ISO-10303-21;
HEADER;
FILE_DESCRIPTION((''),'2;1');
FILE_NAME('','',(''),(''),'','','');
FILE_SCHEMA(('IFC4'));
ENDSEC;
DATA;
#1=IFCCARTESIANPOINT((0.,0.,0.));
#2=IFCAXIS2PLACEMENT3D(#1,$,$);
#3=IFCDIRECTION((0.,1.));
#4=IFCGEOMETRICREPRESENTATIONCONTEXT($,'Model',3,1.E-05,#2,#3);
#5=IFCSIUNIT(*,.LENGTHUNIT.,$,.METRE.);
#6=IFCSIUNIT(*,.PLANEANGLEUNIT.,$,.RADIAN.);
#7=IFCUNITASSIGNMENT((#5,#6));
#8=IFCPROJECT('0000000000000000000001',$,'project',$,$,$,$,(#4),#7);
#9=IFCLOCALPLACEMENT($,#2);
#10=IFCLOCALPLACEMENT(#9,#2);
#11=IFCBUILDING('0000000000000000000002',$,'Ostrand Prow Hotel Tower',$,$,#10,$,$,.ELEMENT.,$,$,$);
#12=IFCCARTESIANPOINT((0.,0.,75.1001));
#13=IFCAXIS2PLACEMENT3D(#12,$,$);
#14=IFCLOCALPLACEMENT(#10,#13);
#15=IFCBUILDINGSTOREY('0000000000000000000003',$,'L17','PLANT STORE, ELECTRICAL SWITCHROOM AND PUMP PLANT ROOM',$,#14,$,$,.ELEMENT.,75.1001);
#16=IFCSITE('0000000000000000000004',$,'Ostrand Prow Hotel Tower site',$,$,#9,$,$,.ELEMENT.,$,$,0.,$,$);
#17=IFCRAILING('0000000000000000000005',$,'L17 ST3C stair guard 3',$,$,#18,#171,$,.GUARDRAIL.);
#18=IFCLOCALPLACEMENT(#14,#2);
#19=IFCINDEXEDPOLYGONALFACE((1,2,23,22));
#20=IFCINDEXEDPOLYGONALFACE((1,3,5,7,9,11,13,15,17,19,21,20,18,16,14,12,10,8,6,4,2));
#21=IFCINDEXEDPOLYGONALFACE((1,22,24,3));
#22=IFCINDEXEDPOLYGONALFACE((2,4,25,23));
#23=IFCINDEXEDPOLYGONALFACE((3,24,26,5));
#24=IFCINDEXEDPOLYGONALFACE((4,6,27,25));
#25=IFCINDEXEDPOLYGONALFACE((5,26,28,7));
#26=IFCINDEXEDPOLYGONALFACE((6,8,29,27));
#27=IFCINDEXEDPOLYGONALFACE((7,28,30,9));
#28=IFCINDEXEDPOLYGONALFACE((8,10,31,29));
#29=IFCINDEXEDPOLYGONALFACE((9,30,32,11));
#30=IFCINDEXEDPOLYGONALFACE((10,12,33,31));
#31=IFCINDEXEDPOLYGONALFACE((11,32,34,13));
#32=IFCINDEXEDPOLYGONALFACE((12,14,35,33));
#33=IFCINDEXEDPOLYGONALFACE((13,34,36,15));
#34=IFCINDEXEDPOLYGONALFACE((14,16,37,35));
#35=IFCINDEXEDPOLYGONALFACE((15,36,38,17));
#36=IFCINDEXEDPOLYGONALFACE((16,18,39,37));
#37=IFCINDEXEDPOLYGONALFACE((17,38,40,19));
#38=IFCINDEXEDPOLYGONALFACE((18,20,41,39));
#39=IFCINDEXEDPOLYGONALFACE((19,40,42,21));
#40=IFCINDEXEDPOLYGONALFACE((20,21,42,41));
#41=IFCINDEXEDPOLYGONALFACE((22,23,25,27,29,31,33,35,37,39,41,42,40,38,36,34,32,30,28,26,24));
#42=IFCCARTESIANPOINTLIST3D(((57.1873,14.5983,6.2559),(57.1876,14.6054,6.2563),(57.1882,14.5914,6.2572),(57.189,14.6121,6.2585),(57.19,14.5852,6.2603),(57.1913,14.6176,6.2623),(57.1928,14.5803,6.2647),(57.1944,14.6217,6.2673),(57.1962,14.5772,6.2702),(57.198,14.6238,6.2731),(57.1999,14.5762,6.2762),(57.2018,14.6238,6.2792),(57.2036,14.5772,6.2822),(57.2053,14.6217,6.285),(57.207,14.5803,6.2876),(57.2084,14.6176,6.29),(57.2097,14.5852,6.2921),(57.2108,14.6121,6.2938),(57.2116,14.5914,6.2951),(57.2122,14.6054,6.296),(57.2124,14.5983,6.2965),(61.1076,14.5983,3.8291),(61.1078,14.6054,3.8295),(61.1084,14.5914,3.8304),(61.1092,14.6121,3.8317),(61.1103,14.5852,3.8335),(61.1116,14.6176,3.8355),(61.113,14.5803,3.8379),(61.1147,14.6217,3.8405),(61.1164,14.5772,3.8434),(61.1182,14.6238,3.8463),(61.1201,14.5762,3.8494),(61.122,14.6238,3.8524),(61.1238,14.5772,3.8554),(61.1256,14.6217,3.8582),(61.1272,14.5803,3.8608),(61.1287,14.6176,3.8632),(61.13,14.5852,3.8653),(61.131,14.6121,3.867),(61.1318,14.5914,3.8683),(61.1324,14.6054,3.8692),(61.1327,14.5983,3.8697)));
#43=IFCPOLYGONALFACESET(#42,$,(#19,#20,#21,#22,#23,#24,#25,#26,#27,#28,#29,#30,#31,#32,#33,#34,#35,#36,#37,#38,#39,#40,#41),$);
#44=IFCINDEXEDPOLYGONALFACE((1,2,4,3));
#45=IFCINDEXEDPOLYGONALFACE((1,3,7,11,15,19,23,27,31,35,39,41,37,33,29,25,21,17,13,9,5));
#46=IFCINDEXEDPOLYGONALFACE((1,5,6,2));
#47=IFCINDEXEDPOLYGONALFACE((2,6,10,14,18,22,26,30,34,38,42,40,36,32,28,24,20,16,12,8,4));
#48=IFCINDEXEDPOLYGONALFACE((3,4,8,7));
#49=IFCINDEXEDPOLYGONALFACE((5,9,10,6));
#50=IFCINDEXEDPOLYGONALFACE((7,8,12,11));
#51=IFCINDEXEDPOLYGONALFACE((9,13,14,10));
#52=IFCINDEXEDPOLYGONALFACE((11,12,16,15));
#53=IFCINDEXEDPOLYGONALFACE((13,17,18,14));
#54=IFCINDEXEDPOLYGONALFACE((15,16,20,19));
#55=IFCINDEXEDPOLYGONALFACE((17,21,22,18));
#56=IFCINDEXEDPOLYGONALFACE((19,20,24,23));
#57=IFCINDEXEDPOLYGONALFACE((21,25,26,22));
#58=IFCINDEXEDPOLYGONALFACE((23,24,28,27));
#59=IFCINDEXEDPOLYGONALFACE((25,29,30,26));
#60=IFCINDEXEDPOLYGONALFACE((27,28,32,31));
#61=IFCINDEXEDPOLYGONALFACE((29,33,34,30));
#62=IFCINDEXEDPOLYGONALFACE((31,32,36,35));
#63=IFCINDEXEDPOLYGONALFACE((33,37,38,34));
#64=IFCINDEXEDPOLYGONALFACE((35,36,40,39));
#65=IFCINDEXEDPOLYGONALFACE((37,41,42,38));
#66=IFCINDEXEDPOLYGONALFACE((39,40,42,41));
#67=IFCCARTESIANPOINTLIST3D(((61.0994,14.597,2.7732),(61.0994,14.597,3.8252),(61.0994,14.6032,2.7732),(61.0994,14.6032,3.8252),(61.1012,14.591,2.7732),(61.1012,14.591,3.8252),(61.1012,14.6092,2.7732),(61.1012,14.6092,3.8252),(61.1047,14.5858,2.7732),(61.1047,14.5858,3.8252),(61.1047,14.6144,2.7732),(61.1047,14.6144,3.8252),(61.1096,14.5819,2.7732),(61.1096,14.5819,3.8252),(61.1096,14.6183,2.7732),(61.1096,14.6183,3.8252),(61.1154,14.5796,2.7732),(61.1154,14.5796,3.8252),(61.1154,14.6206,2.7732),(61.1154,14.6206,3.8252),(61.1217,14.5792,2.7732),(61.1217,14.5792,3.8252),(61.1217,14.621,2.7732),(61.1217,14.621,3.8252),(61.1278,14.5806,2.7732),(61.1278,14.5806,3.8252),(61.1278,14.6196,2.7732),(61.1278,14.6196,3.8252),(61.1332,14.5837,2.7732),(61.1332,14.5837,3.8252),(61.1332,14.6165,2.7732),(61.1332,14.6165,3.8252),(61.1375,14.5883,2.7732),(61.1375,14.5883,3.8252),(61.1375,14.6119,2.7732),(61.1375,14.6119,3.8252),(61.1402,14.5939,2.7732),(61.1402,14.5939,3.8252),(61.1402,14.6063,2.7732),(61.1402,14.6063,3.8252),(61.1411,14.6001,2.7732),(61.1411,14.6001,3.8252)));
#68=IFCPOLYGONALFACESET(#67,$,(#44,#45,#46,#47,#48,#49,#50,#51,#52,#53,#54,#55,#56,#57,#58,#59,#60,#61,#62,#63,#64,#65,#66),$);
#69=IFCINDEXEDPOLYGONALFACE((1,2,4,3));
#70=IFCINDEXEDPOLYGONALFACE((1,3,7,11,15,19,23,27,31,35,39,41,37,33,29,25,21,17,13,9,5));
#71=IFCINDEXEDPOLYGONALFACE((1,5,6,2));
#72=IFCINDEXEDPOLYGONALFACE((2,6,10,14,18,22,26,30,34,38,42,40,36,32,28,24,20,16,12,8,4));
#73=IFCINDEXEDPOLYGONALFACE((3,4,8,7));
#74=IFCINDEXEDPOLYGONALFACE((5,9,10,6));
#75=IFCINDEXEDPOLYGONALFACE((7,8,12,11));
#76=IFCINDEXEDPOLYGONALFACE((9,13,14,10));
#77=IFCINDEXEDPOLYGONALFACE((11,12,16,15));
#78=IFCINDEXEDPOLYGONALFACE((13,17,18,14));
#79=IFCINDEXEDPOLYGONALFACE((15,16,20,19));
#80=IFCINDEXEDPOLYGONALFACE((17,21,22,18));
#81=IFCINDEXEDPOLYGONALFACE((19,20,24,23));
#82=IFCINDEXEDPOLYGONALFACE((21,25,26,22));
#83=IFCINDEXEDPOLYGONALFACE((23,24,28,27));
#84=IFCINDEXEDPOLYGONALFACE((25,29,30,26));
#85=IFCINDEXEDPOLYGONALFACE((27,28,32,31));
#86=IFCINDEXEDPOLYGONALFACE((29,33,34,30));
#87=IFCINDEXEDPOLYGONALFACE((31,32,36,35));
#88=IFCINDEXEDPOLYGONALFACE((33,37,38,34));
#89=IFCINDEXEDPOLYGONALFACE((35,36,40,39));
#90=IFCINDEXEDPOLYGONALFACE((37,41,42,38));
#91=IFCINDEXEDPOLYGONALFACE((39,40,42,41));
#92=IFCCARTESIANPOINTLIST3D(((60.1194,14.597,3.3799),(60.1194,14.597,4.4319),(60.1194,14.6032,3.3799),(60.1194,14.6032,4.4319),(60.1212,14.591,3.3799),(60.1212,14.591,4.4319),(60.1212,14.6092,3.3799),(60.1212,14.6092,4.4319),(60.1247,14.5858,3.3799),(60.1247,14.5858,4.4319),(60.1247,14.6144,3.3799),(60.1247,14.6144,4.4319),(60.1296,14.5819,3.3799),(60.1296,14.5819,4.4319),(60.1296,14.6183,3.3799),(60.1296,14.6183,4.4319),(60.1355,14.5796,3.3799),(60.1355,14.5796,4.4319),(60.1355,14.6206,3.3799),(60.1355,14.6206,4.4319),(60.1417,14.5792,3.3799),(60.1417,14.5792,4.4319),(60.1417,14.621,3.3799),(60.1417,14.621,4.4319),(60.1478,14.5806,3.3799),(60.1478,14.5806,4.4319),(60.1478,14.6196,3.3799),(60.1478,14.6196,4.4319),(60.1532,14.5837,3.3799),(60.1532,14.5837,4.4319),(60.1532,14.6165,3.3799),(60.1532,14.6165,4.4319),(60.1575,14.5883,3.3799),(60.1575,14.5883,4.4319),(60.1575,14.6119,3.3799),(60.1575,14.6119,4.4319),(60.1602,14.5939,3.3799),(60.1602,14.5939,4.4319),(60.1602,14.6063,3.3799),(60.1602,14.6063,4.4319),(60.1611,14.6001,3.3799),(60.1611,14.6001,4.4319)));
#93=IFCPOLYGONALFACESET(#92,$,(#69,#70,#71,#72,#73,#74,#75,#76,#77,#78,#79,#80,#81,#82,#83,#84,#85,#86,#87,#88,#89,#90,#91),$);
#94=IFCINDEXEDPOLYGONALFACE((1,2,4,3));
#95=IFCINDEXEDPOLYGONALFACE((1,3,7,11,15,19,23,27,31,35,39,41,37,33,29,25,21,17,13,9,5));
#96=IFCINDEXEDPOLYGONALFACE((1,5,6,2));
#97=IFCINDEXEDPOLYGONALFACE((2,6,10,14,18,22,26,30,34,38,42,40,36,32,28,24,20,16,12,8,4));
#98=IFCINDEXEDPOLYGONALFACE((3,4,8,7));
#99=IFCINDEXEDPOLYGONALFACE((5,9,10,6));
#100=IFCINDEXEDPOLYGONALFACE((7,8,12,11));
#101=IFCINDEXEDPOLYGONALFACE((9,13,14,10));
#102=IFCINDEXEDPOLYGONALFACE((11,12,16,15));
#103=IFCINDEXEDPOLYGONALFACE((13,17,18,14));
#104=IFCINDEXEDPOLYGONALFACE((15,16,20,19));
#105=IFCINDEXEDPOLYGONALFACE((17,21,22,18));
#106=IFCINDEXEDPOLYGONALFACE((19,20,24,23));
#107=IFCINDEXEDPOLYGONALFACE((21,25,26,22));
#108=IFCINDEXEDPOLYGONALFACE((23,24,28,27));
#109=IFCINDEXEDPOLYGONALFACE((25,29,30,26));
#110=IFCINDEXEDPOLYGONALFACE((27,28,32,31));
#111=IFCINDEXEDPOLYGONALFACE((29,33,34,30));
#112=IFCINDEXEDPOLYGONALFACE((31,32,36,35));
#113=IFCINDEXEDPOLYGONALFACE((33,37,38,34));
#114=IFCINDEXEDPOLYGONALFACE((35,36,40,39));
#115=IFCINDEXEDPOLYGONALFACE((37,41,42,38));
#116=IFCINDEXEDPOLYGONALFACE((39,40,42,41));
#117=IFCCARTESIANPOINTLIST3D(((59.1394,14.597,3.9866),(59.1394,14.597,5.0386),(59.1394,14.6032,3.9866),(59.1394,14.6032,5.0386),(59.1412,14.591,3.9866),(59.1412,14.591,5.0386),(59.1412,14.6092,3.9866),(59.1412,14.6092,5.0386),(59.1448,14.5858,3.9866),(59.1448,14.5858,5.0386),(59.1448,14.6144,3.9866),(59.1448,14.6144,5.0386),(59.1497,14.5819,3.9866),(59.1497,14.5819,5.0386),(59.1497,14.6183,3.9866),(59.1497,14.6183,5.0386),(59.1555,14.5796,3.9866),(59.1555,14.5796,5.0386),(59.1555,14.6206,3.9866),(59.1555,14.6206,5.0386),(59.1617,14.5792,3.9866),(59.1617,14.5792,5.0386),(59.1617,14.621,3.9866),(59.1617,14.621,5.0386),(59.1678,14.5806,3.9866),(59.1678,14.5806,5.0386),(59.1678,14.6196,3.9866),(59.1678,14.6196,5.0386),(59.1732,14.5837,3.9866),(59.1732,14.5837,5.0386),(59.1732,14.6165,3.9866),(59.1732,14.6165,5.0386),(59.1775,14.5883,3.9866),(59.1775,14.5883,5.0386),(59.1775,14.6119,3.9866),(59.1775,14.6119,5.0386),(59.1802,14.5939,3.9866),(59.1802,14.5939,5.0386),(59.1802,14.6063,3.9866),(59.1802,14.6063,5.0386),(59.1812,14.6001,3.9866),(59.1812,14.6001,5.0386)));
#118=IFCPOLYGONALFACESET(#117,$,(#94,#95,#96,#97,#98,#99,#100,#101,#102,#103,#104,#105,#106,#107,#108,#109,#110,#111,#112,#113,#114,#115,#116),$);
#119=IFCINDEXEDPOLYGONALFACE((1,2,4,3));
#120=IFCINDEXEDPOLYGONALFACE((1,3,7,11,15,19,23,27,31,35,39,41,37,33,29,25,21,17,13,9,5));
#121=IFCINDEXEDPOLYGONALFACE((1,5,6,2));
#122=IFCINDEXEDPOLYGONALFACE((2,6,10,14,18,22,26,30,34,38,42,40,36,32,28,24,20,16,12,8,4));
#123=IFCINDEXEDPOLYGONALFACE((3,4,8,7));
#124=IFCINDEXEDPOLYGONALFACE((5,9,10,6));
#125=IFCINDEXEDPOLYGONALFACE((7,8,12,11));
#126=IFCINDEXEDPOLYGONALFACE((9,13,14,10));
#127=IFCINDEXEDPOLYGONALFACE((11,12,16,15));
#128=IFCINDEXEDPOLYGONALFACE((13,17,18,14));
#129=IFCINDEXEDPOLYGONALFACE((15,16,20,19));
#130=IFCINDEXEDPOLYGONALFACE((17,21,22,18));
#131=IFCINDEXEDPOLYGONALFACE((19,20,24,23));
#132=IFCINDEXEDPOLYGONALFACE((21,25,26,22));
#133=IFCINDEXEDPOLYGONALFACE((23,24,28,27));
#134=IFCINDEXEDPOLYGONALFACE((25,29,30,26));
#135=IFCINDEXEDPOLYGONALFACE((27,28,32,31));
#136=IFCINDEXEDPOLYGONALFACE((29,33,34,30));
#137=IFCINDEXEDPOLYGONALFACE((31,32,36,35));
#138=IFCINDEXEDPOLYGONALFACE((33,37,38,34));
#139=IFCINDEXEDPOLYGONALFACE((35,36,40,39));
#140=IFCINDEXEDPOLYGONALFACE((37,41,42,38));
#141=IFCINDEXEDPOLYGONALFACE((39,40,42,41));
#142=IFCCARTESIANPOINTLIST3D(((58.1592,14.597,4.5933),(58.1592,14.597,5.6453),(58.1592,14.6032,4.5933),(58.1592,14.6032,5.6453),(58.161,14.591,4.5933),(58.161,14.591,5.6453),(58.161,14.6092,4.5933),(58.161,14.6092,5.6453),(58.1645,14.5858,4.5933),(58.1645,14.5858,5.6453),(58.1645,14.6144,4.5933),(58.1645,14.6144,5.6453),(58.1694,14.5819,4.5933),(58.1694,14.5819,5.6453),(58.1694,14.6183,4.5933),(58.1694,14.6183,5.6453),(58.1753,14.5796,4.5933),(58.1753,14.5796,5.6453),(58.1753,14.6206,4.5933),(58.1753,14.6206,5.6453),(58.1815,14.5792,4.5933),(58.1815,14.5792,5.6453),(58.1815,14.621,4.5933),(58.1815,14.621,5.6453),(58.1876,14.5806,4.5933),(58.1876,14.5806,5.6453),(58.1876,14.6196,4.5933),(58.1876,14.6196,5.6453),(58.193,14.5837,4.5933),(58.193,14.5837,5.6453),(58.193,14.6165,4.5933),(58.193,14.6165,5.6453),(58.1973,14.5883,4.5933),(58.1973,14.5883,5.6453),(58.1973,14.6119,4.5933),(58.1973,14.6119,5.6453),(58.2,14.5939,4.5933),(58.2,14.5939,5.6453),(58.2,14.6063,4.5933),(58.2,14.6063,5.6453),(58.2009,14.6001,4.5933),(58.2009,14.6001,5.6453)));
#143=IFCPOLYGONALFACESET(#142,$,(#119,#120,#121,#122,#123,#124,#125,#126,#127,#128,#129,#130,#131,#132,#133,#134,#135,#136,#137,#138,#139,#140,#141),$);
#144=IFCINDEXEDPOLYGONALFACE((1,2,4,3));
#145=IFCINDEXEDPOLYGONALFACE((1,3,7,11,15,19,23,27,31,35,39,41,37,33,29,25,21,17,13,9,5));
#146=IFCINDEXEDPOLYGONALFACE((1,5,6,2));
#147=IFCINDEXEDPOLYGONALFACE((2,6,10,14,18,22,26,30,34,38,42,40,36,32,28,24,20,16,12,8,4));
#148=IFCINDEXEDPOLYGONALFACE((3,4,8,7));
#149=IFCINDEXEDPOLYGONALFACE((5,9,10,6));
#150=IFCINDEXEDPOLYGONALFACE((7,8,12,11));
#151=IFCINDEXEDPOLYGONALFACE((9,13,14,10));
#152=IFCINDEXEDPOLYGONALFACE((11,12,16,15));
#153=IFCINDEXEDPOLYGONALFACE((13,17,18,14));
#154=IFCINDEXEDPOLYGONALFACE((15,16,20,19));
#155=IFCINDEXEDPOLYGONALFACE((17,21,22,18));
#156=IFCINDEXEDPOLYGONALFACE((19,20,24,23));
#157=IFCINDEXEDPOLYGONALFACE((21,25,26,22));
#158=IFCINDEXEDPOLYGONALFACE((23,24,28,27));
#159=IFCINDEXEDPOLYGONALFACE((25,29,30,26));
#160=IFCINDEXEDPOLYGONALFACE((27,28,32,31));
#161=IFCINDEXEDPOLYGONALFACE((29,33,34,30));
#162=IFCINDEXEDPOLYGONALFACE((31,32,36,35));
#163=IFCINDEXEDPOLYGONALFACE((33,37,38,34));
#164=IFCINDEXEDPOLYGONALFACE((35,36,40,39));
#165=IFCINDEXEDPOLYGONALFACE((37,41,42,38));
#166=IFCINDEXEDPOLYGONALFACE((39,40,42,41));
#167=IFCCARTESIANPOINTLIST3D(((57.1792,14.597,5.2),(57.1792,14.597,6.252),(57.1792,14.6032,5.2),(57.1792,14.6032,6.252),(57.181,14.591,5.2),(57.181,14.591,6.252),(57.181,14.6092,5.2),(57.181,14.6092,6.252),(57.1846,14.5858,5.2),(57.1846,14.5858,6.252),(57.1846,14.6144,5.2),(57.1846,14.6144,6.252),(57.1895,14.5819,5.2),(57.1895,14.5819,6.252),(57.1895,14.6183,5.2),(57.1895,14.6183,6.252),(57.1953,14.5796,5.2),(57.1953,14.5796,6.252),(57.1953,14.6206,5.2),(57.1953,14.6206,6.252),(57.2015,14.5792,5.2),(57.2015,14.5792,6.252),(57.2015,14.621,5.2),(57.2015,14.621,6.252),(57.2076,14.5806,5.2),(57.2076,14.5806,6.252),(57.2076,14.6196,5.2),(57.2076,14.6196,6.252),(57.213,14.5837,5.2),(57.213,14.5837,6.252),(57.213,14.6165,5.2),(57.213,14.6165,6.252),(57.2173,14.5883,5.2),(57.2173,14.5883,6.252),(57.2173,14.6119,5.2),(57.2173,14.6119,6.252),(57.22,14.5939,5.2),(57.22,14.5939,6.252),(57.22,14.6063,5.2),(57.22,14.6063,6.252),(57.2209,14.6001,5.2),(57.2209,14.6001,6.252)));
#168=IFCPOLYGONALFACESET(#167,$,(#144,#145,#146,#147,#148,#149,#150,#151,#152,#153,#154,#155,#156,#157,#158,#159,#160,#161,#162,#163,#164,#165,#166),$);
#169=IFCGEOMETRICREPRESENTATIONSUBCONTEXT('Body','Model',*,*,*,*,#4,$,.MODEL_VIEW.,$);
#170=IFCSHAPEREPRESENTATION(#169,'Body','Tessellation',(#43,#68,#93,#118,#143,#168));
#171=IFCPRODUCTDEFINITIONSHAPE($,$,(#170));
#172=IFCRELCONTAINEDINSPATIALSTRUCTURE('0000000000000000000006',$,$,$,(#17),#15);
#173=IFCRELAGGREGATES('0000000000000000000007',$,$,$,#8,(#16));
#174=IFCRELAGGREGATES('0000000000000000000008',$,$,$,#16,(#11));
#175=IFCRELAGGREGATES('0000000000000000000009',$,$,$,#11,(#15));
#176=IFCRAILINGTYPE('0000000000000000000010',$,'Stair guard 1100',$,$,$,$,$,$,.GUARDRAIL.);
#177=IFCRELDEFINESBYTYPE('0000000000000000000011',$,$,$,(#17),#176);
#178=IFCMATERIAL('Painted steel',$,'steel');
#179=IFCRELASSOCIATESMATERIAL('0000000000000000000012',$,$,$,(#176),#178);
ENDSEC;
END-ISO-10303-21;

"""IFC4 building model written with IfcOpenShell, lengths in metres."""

from ifc_helpers import new_model, si_unit, direction, frame, origin, origin_2d, place, context, subcontext, project, spatial, circle, extrude, material, type_object, element, save


model = new_model("IFC4")

# Units and contexts
model_context = context("Model", 3, precision=1e-05, world=origin(), true_north=direction((0.0, 1.0)))
body_context = subcontext(model_context, "Body", "Model", "MODEL_VIEW")
ifc_project = project(units=[si_unit("LENGTHUNIT", "METRE"), si_unit("PLANEANGLEUNIT", "RADIAN")], contexts=[model_context])

# Site, building, storey
site_placement = place(None, origin())
site = spatial("IfcSite", under=ifc_project, at=site_placement, Name="Ostrand Prow Hotel Tower site", CompositionType="ELEMENT", RefElevation=0.0)
building_placement = place(site_placement, origin())
building = spatial("IfcBuilding", under=site, at=building_placement, Name="Ostrand Prow Hotel Tower", CompositionType="ELEMENT")
storey_placement = place(building_placement, frame((0.0, 0.0, 75.1001)))
storey = spatial("IfcBuildingStorey", under=building, at=storey_placement, Name="L17", Description="PLANT STORE, ELECTRICAL SWITCHROOM AND PUMP PLANT ROOM", CompositionType="ELEMENT", Elevation=75.1001)

# Railing
ifc_material_1 = material(Name="Painted steel", Category="steel")
railing_type_1 = type_object("IfcRailingType", Name="Stair guard 1100", PredefinedType="GUARDRAIL", material=ifc_material_1)
railing_1_placement = place(storey_placement, frame((61.1201, 14.6001, 2.7732)))
element("IfcRailing", 1, at=railing_1_placement, inside=storey, type_object=railing_type_1, Name="L17 ST3C stair guard 3", PredefinedType="GUARDRAIL", context=body_context, shape_type="SweptSolid", body=[
    extrude(circle(Radius=0.0239, at=origin_2d()), frame((0.0, 0.0, 1.0762), z_axis=(-0.850266, 0.0, 0.526353), x_axis=(0.0, -1.0, 0.0)), (0.0, 0.0, 1.0), 4.6106),
    extrude(circle(Radius=0.021, at=origin_2d()), origin(), (0.0, 0.0, 1.0), 1.052),
    extrude(circle(Radius=0.021, at=origin_2d()), frame((-0.98, 0.0, 0.6067)), (0.0, 0.0, 1.0), 1.052),
    extrude(circle(Radius=0.021, at=origin_2d()), frame((-1.96, 0.0, 1.2134)), (0.0, 0.0, 1.0), 1.052),
    extrude(circle(Radius=0.021, at=origin_2d()), frame((-2.9402, 0.0, 1.8201)), (0.0, 0.0, 1.0), 1.052),
    extrude(circle(Radius=0.021, at=origin_2d()), frame((-3.9202, 0.0, 2.4268)), (0.0, 0.0, 1.0), 1.052),
])

save(model, "model.ifc")
